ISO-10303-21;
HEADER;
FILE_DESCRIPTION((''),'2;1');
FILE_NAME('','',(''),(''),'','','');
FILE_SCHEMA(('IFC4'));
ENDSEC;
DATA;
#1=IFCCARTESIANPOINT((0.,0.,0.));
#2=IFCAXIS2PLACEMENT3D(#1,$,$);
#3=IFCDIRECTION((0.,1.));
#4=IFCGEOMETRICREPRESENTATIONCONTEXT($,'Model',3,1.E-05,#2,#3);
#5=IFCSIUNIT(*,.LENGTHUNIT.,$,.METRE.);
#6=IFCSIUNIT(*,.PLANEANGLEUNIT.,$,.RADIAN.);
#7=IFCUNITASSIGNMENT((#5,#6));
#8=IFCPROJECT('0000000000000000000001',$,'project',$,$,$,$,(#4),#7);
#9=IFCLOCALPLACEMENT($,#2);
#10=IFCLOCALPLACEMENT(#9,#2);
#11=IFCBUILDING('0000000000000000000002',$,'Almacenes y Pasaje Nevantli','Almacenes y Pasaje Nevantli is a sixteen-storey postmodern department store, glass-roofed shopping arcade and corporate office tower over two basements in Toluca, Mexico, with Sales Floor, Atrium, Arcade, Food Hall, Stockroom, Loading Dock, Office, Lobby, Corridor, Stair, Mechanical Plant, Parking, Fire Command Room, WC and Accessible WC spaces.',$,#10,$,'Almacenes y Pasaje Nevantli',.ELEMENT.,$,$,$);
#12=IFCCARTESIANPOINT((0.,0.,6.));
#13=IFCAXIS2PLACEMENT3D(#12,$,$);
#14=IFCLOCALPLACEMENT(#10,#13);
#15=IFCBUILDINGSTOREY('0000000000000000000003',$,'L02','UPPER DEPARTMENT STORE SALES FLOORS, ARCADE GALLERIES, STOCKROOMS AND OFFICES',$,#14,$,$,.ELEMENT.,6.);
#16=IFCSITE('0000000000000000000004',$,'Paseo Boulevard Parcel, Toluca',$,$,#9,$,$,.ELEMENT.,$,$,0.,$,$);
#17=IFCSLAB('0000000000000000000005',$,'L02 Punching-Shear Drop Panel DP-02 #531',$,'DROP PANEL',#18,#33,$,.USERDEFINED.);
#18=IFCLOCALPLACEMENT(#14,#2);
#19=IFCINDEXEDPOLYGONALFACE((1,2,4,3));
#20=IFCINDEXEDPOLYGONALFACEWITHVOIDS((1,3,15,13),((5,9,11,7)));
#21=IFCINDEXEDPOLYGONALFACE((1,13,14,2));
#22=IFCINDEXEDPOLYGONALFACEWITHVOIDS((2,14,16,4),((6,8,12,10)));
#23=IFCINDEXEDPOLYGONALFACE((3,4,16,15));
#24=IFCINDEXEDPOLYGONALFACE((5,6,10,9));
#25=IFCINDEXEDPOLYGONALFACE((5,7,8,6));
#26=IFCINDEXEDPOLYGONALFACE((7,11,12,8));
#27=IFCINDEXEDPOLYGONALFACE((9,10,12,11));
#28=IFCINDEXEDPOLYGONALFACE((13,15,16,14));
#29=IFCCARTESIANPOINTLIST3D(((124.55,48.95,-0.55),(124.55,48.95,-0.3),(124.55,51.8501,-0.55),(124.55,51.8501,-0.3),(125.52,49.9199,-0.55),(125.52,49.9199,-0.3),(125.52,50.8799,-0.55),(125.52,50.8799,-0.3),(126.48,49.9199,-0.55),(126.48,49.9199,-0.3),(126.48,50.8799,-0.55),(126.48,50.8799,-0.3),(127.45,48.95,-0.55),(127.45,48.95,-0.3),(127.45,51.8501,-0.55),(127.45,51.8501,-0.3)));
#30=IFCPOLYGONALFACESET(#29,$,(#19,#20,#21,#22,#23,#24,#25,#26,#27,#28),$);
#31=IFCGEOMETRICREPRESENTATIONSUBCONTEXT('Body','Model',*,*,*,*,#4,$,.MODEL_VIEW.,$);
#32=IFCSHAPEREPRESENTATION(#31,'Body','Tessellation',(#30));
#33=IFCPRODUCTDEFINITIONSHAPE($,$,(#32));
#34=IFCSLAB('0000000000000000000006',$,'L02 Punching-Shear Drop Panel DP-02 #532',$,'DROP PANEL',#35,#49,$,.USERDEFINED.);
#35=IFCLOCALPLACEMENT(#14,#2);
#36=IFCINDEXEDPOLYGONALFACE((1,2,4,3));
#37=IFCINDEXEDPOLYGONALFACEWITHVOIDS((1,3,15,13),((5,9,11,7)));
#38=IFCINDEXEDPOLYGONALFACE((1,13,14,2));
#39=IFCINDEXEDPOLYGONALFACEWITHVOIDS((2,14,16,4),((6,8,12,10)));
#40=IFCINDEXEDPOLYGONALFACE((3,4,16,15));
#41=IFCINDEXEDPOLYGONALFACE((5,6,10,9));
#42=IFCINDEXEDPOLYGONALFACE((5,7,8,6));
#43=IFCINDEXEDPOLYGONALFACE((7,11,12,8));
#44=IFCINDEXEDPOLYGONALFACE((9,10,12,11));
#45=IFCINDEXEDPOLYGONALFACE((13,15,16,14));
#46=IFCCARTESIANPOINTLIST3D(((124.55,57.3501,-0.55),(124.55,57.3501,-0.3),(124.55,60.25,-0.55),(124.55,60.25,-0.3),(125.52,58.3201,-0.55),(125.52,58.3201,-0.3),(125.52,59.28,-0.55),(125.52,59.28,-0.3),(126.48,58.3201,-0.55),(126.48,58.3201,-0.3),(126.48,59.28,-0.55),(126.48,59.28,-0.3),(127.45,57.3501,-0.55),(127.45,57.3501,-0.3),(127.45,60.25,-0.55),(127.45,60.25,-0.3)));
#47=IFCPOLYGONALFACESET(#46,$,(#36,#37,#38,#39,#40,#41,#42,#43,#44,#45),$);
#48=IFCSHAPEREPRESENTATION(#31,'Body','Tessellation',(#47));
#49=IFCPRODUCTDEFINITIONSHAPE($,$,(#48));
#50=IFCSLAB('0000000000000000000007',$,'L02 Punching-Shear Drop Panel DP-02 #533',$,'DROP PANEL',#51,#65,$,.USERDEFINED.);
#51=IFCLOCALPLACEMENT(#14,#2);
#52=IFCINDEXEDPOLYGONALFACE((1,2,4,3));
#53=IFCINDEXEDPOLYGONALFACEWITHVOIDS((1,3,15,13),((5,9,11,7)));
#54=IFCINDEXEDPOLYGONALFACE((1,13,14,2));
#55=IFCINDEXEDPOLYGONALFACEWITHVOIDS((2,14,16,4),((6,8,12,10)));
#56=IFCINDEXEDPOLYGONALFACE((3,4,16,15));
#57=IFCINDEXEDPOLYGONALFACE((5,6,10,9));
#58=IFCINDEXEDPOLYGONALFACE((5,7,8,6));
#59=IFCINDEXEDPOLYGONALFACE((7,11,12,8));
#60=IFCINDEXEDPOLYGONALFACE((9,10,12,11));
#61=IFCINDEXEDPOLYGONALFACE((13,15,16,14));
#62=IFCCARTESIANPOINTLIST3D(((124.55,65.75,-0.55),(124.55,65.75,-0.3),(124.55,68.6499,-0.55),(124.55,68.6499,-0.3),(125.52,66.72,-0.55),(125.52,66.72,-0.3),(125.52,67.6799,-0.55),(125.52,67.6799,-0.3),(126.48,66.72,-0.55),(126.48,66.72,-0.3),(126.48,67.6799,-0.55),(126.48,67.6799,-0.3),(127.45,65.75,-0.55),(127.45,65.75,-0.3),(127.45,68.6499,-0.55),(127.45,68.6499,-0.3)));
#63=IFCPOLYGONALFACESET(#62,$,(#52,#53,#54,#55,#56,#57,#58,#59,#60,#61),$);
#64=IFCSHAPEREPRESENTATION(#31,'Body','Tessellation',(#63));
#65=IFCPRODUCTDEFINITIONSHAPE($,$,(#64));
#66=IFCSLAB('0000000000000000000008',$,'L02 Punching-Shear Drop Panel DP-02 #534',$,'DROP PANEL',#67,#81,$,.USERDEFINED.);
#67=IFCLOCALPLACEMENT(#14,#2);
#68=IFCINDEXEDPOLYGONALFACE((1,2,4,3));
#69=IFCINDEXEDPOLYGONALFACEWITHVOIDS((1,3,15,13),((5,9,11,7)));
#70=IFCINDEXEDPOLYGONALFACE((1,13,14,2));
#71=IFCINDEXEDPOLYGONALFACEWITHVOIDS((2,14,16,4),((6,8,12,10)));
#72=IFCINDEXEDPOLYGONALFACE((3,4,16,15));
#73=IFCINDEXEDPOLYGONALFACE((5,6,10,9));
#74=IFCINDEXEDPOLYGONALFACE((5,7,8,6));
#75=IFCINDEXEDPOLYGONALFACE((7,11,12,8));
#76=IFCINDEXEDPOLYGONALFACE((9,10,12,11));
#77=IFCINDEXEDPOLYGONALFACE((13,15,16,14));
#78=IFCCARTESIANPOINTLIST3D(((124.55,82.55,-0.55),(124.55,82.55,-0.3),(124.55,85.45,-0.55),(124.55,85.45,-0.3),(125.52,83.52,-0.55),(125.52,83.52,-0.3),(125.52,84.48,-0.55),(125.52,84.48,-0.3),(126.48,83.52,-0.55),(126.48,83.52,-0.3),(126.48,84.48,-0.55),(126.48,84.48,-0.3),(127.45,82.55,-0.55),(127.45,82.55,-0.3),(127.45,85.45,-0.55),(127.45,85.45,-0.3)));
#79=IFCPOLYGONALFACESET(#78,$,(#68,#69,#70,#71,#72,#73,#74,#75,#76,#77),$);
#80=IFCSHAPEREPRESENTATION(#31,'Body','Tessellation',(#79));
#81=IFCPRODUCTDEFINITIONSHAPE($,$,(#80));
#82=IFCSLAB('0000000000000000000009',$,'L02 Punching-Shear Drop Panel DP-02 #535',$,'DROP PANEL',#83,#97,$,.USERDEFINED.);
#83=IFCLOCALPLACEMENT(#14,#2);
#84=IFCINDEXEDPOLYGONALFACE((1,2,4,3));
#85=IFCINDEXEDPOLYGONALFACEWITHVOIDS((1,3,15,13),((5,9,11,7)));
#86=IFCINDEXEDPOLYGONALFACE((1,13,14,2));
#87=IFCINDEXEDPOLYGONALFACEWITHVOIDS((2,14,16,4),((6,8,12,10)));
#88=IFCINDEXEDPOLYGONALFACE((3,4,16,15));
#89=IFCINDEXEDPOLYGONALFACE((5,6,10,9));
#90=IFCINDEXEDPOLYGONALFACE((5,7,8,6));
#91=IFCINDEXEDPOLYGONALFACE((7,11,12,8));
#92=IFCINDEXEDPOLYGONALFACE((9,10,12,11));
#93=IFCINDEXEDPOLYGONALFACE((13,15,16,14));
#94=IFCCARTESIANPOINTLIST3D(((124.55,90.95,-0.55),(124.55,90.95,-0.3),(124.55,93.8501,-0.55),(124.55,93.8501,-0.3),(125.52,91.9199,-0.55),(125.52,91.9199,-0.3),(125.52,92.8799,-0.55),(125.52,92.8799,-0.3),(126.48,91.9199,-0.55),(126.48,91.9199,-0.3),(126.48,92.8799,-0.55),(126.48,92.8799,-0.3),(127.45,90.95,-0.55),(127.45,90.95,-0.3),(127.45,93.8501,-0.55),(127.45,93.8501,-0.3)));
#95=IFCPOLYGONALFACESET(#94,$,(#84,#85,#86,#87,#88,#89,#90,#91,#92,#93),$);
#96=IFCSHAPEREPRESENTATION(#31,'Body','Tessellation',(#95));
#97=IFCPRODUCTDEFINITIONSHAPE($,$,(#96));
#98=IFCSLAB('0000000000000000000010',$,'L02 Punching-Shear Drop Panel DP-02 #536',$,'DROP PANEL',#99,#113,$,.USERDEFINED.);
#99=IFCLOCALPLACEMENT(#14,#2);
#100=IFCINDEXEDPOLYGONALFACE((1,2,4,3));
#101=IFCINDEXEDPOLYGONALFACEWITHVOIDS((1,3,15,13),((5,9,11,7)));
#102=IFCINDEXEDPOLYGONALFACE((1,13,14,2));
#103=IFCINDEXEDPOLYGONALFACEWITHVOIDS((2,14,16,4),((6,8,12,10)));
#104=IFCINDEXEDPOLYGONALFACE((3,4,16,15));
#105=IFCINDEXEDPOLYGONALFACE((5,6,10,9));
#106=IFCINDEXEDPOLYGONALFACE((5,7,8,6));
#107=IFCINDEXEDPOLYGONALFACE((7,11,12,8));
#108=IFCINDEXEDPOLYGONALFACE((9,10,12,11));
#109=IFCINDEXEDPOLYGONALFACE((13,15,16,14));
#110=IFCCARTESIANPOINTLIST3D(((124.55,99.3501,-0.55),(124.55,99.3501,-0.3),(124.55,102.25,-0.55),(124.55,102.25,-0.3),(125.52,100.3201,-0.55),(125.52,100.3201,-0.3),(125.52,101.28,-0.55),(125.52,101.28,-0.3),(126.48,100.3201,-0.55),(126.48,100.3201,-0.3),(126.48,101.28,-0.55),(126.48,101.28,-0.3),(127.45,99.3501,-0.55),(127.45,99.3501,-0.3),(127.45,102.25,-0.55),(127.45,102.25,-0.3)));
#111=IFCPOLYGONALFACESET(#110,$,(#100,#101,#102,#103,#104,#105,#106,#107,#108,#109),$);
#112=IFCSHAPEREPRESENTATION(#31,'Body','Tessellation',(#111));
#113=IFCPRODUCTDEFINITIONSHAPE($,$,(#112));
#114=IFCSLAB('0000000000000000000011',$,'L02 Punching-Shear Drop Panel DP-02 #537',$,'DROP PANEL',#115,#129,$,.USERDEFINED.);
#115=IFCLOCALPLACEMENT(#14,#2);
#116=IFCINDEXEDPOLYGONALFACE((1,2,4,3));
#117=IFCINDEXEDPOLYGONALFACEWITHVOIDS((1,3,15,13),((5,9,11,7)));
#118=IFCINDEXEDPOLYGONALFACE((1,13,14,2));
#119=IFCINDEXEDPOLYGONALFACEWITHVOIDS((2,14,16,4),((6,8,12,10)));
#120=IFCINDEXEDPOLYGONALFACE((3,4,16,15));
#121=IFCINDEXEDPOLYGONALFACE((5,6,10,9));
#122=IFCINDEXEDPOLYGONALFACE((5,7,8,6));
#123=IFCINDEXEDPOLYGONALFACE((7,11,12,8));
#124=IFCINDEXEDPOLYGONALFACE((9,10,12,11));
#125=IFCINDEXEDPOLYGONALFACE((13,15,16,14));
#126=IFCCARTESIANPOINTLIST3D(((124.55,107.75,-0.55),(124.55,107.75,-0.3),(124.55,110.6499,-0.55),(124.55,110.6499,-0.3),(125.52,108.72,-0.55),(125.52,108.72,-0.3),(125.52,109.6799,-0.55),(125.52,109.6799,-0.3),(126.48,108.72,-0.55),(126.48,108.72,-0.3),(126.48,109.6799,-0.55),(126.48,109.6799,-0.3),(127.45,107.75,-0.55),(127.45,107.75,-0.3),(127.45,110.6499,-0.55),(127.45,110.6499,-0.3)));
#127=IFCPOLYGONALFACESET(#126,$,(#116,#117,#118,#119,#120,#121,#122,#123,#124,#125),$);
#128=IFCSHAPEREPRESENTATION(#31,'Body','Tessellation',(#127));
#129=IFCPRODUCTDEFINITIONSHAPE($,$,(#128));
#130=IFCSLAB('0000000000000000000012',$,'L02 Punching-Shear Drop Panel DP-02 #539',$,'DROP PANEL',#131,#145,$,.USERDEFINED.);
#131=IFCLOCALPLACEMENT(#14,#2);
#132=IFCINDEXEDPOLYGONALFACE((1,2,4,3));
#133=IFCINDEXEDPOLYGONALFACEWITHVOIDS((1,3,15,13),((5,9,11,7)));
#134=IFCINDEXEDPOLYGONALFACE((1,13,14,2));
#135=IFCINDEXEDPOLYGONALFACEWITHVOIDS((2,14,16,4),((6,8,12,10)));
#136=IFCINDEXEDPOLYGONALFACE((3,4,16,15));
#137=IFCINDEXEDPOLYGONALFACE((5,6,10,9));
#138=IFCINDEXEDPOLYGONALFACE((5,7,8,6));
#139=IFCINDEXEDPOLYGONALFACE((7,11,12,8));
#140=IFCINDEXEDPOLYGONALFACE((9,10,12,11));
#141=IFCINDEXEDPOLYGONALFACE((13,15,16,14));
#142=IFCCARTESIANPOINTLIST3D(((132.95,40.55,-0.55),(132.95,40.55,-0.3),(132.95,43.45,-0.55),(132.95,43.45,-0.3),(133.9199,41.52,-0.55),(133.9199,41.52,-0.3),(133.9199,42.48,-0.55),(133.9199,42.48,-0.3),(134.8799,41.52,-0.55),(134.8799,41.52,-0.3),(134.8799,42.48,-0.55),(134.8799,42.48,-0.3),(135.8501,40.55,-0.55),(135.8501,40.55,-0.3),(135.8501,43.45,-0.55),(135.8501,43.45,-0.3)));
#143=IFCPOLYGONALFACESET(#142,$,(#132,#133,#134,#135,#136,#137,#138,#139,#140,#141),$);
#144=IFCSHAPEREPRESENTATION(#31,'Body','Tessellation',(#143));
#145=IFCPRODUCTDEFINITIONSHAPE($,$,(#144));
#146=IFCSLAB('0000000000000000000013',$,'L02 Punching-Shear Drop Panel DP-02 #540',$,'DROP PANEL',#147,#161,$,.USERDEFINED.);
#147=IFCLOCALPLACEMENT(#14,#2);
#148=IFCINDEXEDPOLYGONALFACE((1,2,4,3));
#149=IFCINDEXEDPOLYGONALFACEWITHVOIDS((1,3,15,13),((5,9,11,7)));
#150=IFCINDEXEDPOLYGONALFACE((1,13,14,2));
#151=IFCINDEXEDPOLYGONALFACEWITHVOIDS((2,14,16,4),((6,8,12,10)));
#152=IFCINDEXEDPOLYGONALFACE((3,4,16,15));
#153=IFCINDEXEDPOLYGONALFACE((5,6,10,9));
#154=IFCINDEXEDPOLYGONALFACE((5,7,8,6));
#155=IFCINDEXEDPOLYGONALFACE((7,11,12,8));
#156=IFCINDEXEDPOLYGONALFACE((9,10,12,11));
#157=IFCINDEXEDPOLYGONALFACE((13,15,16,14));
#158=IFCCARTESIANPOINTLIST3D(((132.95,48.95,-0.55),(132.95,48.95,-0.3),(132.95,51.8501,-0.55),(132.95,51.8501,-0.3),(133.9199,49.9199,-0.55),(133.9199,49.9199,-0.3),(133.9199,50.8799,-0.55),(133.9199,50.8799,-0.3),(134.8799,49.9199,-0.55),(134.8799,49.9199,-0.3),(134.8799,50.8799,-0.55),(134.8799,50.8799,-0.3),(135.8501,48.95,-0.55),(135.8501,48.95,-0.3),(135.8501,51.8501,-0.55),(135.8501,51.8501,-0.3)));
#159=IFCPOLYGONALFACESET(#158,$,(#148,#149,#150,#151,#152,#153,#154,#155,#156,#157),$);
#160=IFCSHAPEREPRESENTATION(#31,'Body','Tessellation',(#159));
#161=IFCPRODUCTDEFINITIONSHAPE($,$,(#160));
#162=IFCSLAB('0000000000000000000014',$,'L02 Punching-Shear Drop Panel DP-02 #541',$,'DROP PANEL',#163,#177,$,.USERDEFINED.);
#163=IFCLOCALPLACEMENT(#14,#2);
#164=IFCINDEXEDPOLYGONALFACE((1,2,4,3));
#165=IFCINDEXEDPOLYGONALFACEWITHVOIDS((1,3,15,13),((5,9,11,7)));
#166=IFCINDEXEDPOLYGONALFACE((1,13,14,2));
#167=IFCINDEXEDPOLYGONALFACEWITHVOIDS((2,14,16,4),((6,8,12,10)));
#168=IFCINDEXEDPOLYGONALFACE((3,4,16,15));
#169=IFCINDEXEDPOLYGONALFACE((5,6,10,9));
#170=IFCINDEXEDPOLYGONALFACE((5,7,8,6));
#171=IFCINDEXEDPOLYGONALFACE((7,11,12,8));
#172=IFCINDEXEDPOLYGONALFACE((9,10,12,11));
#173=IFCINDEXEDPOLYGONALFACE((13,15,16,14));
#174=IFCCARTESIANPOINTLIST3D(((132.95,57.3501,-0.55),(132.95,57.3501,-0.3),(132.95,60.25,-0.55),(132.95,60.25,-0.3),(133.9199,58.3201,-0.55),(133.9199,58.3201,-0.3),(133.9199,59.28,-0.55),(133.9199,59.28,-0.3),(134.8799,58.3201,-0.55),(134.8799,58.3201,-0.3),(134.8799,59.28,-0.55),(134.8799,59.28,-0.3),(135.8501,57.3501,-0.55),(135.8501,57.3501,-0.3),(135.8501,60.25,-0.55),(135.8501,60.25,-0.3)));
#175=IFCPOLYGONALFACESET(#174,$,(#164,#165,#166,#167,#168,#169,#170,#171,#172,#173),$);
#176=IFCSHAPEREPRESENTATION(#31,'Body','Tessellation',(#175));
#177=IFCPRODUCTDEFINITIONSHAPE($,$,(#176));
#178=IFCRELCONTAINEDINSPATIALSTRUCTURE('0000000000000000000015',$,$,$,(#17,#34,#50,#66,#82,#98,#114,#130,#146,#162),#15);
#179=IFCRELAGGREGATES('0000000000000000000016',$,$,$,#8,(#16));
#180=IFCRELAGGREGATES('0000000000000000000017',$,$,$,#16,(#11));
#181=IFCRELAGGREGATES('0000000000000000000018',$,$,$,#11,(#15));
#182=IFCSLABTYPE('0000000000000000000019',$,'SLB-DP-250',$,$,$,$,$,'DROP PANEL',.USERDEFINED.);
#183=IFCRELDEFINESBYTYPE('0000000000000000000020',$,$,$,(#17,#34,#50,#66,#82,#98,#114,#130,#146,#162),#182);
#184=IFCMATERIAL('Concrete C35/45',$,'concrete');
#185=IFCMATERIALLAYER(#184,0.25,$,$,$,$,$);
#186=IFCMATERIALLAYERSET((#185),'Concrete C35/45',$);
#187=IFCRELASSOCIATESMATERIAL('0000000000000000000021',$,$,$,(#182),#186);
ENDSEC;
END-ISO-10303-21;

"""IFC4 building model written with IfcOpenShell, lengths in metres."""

from ifc_helpers import new_model, si_unit, direction, frame, origin, place, context, subcontext, project, spatial, polyline, outline, extrude, material, layer, layer_set, type_object, element, save


model = new_model("IFC4")

# Units and contexts
model_context = context("Model", 3, precision=1e-05, world=origin(), true_north=direction((0.0, 1.0)))
body_context = subcontext(model_context, "Body", "Model", "MODEL_VIEW")
ifc_project = project(units=[si_unit("LENGTHUNIT", "METRE"), si_unit("PLANEANGLEUNIT", "RADIAN")], contexts=[model_context])

# Site, building, storey
site_placement = place(None, origin())
site = spatial("IfcSite", under=ifc_project, at=site_placement, Name="Paseo Boulevard Parcel, Toluca", CompositionType="ELEMENT", RefElevation=0.0)
building_placement = place(site_placement, origin())
building = spatial("IfcBuilding", under=site, at=building_placement, Name="Almacenes y Pasaje Nevantli", Description="Almacenes y Pasaje Nevantli is a sixteen-storey postmodern department store, glass-roofed shopping arcade and corporate office tower over two basements in Toluca, Mexico, with Sales Floor, Atrium, Arcade, Food Hall, Stockroom, Loading Dock, Office, Lobby, Corridor, Stair, Mechanical Plant, Parking, Fire Command Room, WC and Accessible WC spaces.", LongName="Almacenes y Pasaje Nevantli", CompositionType="ELEMENT")
storey_placement = place(building_placement, frame((0.0, 0.0, 6.0)))
storey = spatial("IfcBuildingStorey", under=building, at=storey_placement, Name="L02", Description="UPPER DEPARTMENT STORE SALES FLOORS, ARCADE GALLERIES, STOCKROOMS AND OFFICES", CompositionType="ELEMENT", Elevation=6.0)

# Slabs
ifc_material_1 = material(Name="Concrete C35/45", Category="concrete")
ifc_layer_1 = layer(ifc_material_1, 0.25)
ifc_layer_set_1 = layer_set([ifc_layer_1], Name="Concrete C35/45")
slab_type_1 = type_object("IfcSlabType", Name="SLB-DP-250", ElementType="DROP PANEL", PredefinedType="USERDEFINED", material=ifc_layer_set_1)
slab_1_placement = place(storey_placement, frame((0.0, 0.0, -0.55)))
element("IfcSlab", 1, at=slab_1_placement, inside=storey, type_object=slab_type_1, Name="L02 Punching-Shear Drop Panel DP-02 #531", ObjectType="DROP PANEL", PredefinedType="USERDEFINED", context=body_context, shape_type="SweptSolid", body=[
    extrude(outline(polyline([(124.55, 48.95), (127.45, 48.95), (127.45, 51.8501), (124.55, 51.8501), (124.55, 48.95)]), holes=[polyline([(125.52, 49.9199), (126.48, 49.9199), (126.48, 50.8799), (125.52, 50.8799), (125.52, 49.9199)])]), origin(), (0.0, 0.0, 1.0), 0.25),
])
slab_2_placement = place(storey_placement, frame((0.0, 0.0, -0.55)))
element("IfcSlab", 2, at=slab_2_placement, inside=storey, type_object=slab_type_1, Name="L02 Punching-Shear Drop Panel DP-02 #532", ObjectType="DROP PANEL", PredefinedType="USERDEFINED", context=body_context, shape_type="SweptSolid", body=[
    extrude(outline(polyline([(124.55, 57.3501), (127.45, 57.3501), (127.45, 60.25), (124.55, 60.25), (124.55, 57.3501)]), holes=[polyline([(125.52, 58.3201), (126.48, 58.3201), (126.48, 59.28), (125.52, 59.28), (125.52, 58.3201)])]), origin(), (0.0, 0.0, 1.0), 0.25),
])
slab_3_placement = place(storey_placement, frame((0.0, 0.0, -0.55)))
element("IfcSlab", 3, at=slab_3_placement, inside=storey, type_object=slab_type_1, Name="L02 Punching-Shear Drop Panel DP-02 #533", ObjectType="DROP PANEL", PredefinedType="USERDEFINED", context=body_context, shape_type="SweptSolid", body=[
    extrude(outline(polyline([(124.55, 65.75), (127.45, 65.75), (127.45, 68.6499), (124.55, 68.6499), (124.55, 65.75)]), holes=[polyline([(125.52, 66.72), (126.48, 66.72), (126.48, 67.6799), (125.52, 67.6799), (125.52, 66.72)])]), origin(), (0.0, 0.0, 1.0), 0.25),
])
slab_4_placement = place(storey_placement, frame((0.0, 0.0, -0.55)))
element("IfcSlab", 4, at=slab_4_placement, inside=storey, type_object=slab_type_1, Name="L02 Punching-Shear Drop Panel DP-02 #534", ObjectType="DROP PANEL", PredefinedType="USERDEFINED", context=body_context, shape_type="SweptSolid", body=[
    extrude(outline(polyline([(124.55, 82.55), (127.45, 82.55), (127.45, 85.45), (124.55, 85.45), (124.55, 82.55)]), holes=[polyline([(125.52, 83.52), (126.48, 83.52), (126.48, 84.48), (125.52, 84.48), (125.52, 83.52)])]), origin(), (0.0, 0.0, 1.0), 0.25),
])
slab_5_placement = place(storey_placement, frame((0.0, 0.0, -0.55)))
element("IfcSlab", 5, at=slab_5_placement, inside=storey, type_object=slab_type_1, Name="L02 Punching-Shear Drop Panel DP-02 #535", ObjectType="DROP PANEL", PredefinedType="USERDEFINED", context=body_context, shape_type="SweptSolid", body=[
    extrude(outline(polyline([(124.55, 90.95), (127.45, 90.95), (127.45, 93.8501), (124.55, 93.8501), (124.55, 90.95)]), holes=[polyline([(125.52, 91.9199), (126.48, 91.9199), (126.48, 92.8799), (125.52, 92.8799), (125.52, 91.9199)])]), origin(), (0.0, 0.0, 1.0), 0.25),
])
slab_6_placement = place(storey_placement, frame((0.0, 0.0, -0.55)))
element("IfcSlab", 6, at=slab_6_placement, inside=storey, type_object=slab_type_1, Name="L02 Punching-Shear Drop Panel DP-02 #536", ObjectType="DROP PANEL", PredefinedType="USERDEFINED", context=body_context, shape_type="SweptSolid", body=[
    extrude(outline(polyline([(124.55, 99.3501), (127.45, 99.3501), (127.45, 102.25), (124.55, 102.25), (124.55, 99.3501)]), holes=[polyline([(125.52, 100.3201), (126.48, 100.3201), (126.48, 101.28), (125.52, 101.28), (125.52, 100.3201)])]), origin(), (0.0, 0.0, 1.0), 0.25),
])
slab_7_placement = place(storey_placement, frame((0.0, 0.0, -0.55)))
element("IfcSlab", 7, at=slab_7_placement, inside=storey, type_object=slab_type_1, Name="L02 Punching-Shear Drop Panel DP-02 #537", ObjectType="DROP PANEL", PredefinedType="USERDEFINED", context=body_context, shape_type="SweptSolid", body=[
    extrude(outline(polyline([(124.55, 107.75), (127.45, 107.75), (127.45, 110.6499), (124.55, 110.6499), (124.55, 107.75)]), holes=[polyline([(125.52, 108.72), (126.48, 108.72), (126.48, 109.6799), (125.52, 109.6799), (125.52, 108.72)])]), origin(), (0.0, 0.0, 1.0), 0.25),
])
slab_8_placement = place(storey_placement, frame((0.0, 0.0, -0.55)))
element("IfcSlab", 8, at=slab_8_placement, inside=storey, type_object=slab_type_1, Name="L02 Punching-Shear Drop Panel DP-02 #539", ObjectType="DROP PANEL", PredefinedType="USERDEFINED", context=body_context, shape_type="SweptSolid", body=[
    extrude(outline(polyline([(132.95, 40.55), (135.8501, 40.55), (135.8501, 43.45), (132.95, 43.45), (132.95, 40.55)]), holes=[polyline([(133.9199, 41.52), (134.8799, 41.52), (134.8799, 42.48), (133.9199, 42.48), (133.9199, 41.52)])]), origin(), (0.0, 0.0, 1.0), 0.25),
])
slab_9_placement = place(storey_placement, frame((0.0, 0.0, -0.55)))
element("IfcSlab", 9, at=slab_9_placement, inside=storey, type_object=slab_type_1, Name="L02 Punching-Shear Drop Panel DP-02 #540", ObjectType="DROP PANEL", PredefinedType="USERDEFINED", context=body_context, shape_type="SweptSolid", body=[
    extrude(outline(polyline([(132.95, 48.95), (135.8501, 48.95), (135.8501, 51.8501), (132.95, 51.8501), (132.95, 48.95)]), holes=[polyline([(133.9199, 49.9199), (134.8799, 49.9199), (134.8799, 50.8799), (133.9199, 50.8799), (133.9199, 49.9199)])]), origin(), (0.0, 0.0, 1.0), 0.25),
])
slab_10_placement = place(storey_placement, frame((0.0, 0.0, -0.55)))
element("IfcSlab", 10, at=slab_10_placement, inside=storey, type_object=slab_type_1, Name="L02 Punching-Shear Drop Panel DP-02 #541", ObjectType="DROP PANEL", PredefinedType="USERDEFINED", context=body_context, shape_type="SweptSolid", body=[
    extrude(outline(polyline([(132.95, 57.3501), (135.8501, 57.3501), (135.8501, 60.25), (132.95, 60.25), (132.95, 57.3501)]), holes=[polyline([(133.9199, 58.3201), (134.8799, 58.3201), (134.8799, 59.28), (133.9199, 59.28), (133.9199, 58.3201)])]), origin(), (0.0, 0.0, 1.0), 0.25),
])

save(model, "model.ifc")
